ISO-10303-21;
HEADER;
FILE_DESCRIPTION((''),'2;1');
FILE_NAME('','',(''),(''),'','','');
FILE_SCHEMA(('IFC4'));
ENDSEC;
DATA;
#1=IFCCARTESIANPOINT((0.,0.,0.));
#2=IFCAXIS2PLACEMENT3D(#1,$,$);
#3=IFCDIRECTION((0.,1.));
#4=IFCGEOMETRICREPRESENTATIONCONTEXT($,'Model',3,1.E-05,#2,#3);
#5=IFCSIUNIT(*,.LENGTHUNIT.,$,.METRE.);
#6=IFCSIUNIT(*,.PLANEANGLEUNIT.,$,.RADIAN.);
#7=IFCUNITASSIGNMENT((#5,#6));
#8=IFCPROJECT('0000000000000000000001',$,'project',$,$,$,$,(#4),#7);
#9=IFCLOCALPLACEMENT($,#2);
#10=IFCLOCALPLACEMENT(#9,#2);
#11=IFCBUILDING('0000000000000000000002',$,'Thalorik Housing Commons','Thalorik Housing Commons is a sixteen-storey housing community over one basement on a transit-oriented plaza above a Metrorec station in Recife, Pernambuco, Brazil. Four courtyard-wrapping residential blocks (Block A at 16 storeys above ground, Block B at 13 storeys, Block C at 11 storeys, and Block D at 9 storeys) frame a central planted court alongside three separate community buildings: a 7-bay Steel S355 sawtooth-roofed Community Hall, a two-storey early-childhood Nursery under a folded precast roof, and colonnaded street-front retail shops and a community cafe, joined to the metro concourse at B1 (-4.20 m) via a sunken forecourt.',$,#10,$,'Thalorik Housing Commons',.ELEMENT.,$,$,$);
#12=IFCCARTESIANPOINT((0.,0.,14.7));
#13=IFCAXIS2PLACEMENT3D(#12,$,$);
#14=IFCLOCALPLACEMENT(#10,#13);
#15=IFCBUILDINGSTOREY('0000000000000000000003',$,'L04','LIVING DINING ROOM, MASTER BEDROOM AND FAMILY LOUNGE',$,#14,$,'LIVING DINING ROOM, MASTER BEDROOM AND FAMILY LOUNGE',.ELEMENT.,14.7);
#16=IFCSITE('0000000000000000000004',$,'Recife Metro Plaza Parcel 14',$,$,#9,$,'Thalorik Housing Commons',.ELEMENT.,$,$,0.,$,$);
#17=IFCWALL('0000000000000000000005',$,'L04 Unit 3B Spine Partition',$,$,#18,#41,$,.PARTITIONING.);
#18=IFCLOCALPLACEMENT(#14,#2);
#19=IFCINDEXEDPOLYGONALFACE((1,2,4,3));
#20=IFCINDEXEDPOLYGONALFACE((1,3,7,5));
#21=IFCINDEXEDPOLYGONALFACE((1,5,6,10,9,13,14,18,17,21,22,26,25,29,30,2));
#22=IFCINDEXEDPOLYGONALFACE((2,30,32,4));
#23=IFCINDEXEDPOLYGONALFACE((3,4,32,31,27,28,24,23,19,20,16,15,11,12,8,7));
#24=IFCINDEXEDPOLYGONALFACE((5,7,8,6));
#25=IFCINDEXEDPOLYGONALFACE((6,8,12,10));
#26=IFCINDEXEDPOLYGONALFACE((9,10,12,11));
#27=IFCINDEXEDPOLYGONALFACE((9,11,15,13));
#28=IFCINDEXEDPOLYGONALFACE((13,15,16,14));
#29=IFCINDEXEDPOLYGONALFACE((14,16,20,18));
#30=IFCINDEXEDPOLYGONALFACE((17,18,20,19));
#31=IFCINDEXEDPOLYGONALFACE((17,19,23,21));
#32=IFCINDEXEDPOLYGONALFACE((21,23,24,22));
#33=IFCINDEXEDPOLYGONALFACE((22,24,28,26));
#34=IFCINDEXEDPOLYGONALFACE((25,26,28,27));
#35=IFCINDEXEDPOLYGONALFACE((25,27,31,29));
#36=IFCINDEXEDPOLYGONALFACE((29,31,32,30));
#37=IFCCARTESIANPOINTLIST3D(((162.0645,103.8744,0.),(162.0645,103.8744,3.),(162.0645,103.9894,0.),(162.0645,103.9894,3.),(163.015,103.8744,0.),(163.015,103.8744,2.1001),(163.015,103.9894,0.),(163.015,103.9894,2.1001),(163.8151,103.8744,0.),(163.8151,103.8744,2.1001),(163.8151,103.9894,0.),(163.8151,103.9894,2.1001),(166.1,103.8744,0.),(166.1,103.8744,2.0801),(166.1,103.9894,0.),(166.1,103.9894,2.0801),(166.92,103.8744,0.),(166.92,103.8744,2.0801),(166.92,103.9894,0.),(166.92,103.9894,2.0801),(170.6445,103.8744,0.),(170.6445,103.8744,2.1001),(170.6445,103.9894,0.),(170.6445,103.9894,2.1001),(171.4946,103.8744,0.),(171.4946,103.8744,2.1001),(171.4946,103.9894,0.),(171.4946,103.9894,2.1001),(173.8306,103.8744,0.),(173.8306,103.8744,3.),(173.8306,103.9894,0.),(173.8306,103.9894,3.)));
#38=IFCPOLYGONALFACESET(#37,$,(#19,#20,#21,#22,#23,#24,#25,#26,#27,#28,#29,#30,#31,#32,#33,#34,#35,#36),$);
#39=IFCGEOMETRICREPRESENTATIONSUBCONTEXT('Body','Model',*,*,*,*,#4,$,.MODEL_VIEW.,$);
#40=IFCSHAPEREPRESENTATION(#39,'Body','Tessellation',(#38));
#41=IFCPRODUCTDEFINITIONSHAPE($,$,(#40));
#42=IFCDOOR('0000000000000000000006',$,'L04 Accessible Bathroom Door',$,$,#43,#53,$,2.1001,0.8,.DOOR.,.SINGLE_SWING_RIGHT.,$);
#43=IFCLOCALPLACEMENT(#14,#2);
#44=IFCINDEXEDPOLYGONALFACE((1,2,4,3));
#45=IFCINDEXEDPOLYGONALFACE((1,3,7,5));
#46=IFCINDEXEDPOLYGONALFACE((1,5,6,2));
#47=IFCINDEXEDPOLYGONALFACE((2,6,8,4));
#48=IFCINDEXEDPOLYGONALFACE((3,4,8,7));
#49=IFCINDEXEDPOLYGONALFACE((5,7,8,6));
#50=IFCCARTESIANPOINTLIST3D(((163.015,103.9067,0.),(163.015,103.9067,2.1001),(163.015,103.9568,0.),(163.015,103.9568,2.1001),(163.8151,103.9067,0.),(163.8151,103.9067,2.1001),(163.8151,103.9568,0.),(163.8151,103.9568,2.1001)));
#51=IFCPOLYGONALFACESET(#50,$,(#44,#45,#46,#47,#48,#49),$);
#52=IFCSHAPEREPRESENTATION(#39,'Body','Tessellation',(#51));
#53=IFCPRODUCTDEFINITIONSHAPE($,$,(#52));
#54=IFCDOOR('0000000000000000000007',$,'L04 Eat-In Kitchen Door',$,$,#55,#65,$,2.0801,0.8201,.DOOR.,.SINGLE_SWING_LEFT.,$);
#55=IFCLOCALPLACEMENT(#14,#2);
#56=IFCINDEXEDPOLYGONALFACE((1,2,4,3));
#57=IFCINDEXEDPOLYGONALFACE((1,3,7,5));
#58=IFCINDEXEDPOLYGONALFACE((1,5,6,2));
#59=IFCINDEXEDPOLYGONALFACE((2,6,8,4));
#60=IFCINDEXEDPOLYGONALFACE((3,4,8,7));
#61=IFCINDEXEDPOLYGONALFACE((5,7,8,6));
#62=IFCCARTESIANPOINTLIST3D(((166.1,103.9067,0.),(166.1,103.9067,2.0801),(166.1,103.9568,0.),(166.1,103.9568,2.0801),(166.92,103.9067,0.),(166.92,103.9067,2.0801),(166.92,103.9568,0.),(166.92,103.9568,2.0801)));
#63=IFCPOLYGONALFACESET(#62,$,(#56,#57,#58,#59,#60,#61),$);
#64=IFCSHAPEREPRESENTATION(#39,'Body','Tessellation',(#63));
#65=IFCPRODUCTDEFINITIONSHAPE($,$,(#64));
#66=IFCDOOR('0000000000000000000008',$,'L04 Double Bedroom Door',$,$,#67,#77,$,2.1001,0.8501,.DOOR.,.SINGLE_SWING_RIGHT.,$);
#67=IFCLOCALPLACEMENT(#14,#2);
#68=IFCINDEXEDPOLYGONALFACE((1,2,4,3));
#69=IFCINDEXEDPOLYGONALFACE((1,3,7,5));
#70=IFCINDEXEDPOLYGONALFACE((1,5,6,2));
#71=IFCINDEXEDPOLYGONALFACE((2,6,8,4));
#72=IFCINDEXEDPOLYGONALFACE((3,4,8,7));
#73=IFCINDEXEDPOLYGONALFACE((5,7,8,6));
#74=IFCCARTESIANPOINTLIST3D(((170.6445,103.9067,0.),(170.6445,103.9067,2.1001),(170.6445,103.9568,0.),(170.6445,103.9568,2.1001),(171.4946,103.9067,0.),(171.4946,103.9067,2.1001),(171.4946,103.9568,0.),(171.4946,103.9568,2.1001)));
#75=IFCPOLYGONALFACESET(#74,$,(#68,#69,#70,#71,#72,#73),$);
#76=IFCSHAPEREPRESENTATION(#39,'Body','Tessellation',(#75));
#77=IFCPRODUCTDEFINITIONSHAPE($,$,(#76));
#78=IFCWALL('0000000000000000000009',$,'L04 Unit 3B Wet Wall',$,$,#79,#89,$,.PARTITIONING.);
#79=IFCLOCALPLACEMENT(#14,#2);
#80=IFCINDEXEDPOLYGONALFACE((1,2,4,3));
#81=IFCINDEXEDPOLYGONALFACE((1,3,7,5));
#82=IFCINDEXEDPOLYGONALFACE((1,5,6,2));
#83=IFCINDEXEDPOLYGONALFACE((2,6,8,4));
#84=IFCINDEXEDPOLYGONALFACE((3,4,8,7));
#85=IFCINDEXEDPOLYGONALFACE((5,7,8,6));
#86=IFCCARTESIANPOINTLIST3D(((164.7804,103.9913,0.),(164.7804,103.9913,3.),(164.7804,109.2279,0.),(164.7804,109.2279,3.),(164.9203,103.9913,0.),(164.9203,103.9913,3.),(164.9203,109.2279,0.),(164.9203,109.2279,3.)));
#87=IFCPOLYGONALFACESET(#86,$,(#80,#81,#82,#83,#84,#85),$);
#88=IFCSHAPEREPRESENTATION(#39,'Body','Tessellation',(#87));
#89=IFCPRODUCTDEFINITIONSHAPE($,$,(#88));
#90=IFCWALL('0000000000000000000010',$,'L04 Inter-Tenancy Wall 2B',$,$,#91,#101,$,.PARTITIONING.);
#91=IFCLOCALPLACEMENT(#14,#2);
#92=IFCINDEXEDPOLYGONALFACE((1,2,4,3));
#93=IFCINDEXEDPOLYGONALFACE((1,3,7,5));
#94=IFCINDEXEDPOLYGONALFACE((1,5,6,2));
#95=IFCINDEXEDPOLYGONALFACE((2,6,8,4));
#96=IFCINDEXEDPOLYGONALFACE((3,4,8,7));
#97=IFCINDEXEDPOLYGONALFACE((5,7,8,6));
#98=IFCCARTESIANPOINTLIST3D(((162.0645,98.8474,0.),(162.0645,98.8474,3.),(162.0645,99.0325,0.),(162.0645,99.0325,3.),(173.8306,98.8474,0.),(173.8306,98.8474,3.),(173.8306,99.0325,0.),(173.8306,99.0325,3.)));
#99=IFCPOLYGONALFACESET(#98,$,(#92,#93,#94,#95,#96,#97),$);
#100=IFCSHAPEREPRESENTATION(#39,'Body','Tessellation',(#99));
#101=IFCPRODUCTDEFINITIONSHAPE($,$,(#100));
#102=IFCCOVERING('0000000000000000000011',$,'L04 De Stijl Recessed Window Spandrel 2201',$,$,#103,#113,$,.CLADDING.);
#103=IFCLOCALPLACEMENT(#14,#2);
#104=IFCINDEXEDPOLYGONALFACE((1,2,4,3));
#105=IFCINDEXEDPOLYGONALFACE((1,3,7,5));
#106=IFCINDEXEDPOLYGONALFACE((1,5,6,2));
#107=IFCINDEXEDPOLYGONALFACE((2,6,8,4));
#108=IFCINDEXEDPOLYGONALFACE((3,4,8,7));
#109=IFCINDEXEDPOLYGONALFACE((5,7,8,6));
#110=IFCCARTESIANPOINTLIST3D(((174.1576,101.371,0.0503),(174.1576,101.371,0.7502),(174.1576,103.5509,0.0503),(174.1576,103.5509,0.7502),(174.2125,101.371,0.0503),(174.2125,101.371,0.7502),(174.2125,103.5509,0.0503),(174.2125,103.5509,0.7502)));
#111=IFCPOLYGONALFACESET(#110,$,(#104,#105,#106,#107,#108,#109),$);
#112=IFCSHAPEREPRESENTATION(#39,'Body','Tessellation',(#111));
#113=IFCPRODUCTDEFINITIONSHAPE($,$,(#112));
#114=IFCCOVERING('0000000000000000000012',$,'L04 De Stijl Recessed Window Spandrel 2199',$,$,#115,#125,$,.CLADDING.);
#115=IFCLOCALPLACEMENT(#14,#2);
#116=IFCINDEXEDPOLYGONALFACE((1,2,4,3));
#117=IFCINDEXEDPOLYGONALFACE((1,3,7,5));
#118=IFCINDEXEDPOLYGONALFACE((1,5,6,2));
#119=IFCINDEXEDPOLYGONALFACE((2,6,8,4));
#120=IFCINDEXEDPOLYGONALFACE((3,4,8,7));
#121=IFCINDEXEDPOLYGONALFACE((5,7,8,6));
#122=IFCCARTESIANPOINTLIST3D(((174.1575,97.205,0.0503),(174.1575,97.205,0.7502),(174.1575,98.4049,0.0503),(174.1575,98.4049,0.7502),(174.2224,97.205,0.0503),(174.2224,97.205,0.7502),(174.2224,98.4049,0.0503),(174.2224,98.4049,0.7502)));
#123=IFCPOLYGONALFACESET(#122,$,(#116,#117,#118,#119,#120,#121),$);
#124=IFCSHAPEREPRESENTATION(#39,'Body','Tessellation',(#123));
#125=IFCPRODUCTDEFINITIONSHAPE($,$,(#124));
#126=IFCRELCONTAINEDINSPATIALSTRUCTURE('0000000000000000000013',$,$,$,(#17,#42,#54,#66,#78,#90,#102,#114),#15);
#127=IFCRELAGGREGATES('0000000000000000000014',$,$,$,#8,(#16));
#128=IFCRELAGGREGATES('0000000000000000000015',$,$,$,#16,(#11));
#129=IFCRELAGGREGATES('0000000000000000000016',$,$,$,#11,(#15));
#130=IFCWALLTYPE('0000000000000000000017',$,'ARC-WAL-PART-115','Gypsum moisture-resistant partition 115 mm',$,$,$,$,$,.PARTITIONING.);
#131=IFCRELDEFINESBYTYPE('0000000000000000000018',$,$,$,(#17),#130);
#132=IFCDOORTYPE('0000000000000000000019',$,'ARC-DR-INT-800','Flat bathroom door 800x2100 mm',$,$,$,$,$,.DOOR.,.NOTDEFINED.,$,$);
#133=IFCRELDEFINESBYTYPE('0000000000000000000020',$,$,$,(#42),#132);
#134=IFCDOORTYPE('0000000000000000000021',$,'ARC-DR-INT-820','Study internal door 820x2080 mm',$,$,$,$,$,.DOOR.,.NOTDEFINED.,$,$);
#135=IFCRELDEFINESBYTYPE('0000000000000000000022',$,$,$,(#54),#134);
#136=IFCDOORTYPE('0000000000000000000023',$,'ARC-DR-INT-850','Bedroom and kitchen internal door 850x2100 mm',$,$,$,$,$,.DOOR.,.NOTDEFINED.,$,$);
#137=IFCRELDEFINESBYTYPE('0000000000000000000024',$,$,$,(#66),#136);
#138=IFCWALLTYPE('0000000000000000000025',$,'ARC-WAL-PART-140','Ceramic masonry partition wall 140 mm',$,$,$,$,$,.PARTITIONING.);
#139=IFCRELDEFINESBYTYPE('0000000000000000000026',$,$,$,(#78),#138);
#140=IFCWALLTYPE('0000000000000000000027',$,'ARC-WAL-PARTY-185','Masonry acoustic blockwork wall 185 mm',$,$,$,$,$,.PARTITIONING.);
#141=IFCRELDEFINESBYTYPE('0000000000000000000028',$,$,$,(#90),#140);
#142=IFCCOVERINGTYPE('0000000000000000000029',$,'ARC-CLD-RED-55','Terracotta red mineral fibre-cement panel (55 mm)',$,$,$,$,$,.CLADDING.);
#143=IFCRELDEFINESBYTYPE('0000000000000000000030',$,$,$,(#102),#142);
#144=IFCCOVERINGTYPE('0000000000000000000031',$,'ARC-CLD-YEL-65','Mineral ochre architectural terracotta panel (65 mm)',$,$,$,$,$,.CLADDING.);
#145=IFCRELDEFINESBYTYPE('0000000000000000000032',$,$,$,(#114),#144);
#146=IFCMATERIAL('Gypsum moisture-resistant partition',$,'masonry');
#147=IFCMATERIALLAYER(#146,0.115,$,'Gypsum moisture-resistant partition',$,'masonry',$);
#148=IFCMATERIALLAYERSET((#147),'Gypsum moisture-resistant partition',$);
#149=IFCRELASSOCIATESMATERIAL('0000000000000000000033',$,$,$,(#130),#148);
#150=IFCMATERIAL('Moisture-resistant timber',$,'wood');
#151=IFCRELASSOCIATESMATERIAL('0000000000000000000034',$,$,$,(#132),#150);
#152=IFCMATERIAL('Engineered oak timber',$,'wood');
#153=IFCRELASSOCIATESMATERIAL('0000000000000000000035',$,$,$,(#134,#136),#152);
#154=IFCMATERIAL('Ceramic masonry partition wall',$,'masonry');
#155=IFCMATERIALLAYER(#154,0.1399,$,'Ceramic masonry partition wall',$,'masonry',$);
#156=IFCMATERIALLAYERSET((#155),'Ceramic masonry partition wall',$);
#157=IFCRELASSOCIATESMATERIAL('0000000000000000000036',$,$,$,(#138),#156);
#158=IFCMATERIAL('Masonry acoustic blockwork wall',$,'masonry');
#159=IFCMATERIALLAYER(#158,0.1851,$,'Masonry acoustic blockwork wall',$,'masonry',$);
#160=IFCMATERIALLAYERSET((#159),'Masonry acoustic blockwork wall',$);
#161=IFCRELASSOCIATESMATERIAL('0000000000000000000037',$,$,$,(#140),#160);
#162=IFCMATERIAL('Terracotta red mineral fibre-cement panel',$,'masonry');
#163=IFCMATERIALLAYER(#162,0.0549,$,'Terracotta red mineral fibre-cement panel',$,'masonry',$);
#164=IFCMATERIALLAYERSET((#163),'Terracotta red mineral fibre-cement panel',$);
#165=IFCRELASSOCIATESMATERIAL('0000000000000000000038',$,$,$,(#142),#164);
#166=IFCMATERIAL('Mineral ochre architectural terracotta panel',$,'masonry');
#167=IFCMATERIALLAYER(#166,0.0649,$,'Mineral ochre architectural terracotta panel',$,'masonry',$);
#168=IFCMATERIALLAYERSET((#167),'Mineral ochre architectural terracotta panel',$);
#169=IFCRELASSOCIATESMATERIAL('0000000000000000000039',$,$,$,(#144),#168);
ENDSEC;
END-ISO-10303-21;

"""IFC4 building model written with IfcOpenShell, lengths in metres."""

from ifc_helpers import new_model, si_unit, direction, frame, frame_2d, origin, origin_2d, place, context, subcontext, project, spatial, rectangle, extrude, material, layer, layer_set, type_object, element, fill, save


model = new_model("IFC4")

# Units and contexts
model_context = context("Model", 3, precision=1e-05, world=origin(), true_north=direction((0.0, 1.0)))
body_context = subcontext(model_context, "Body", "Model", "MODEL_VIEW")
ifc_project = project(units=[si_unit("LENGTHUNIT", "METRE"), si_unit("PLANEANGLEUNIT", "RADIAN")], contexts=[model_context])

# Site, building, storey
site_placement = place(None, origin())
site = spatial("IfcSite", under=ifc_project, at=site_placement, Name="Recife Metro Plaza Parcel 14", LongName="Thalorik Housing Commons", CompositionType="ELEMENT", RefElevation=0.0)
building_placement = place(site_placement, origin())
building = spatial("IfcBuilding", under=site, at=building_placement, Name="Thalorik Housing Commons", Description="Thalorik Housing Commons is a sixteen-storey housing community over one basement on a transit-oriented plaza above a Metrorec station in Recife, Pernambuco, Brazil. Four courtyard-wrapping residential blocks (Block A at 16 storeys above ground, Block B at 13 storeys, Block C at 11 storeys, and Block D at 9 storeys) frame a central planted court alongside three separate community buildings: a 7-bay Steel S355 sawtooth-roofed Community Hall, a two-storey early-childhood Nursery under a folded precast roof, and colonnaded street-front retail shops and a community cafe, joined to the metro concourse at B1 (-4.20 m) via a sunken forecourt.", LongName="Thalorik Housing Commons", CompositionType="ELEMENT")
storey_placement = place(building_placement, frame((0.0, 0.0, 14.7)))
storey = spatial("IfcBuildingStorey", under=building, at=storey_placement, Name="L04", Description="LIVING DINING ROOM, MASTER BEDROOM AND FAMILY LOUNGE", LongName="LIVING DINING ROOM, MASTER BEDROOM AND FAMILY LOUNGE", CompositionType="ELEMENT", Elevation=14.7)

# Wall, openings, doors
ifc_material_1 = material(Name="Gypsum moisture-resistant partition", Category="masonry")
ifc_layer_1 = layer(ifc_material_1, 0.115, Name="Gypsum moisture-resistant partition", Category="masonry")
ifc_layer_set_1 = layer_set([ifc_layer_1], Name="Gypsum moisture-resistant partition")
wall_type_1 = type_object("IfcWallType", Name="ARC-WAL-PART-115", Description="Gypsum moisture-resistant partition 115 mm", PredefinedType="PARTITIONING", material=ifc_layer_set_1)
wall_1_placement = place(storey_placement, frame((162.0645, 103.9319, 0.0), z_axis=(0.0, 0.0, 1.0), x_axis=(1.0, 0.0, 0.0)))
wall_1 = element("IfcWall", 1, at=wall_1_placement, inside=storey, type_object=wall_type_1, Name="L04 Unit 3B Spine Partition", PredefinedType="PARTITIONING", context=body_context, shape_type="SweptSolid", body=[
    extrude(rectangle(XDim=11.7661, YDim=0.115, at=frame_2d((5.8831, 0.0))), origin(), (0.0, 0.0, 1.0), 3.0),
])
opening_1_placement = place(wall_1_placement, frame((0.9507, 0.0, 0.0)))
opening_1 = element("IfcOpeningElement", 2, at=opening_1_placement, cuts=wall_1, PredefinedType="OPENING", context=body_context, shape_type="SweptSolid", body=[
    extrude(rectangle(XDim=0.8, YDim=2.1001, at=frame_2d((0.3999, 1.05))), frame((0.0, 0.0674, 0.0), z_axis=(0.0, -1.0, 0.0), x_axis=(1.0, 0.0, 0.0)), (0.0, 0.0, 1.0), 0.135),
])
opening_2_placement = place(wall_1_placement, frame((4.0354, 0.0, 0.0)))
opening_2 = element("IfcOpeningElement", 3, at=opening_2_placement, cuts=wall_1, PredefinedType="OPENING", context=body_context, shape_type="SweptSolid", body=[
    extrude(rectangle(XDim=0.8201, YDim=2.0801, at=frame_2d((0.4102, 1.04))), frame((0.0, 0.0674, 0.0), z_axis=(0.0, -1.0, 0.0), x_axis=(1.0, 0.0, 0.0)), (0.0, 0.0, 1.0), 0.135),
])
opening_3_placement = place(wall_1_placement, frame((8.5801, 0.0, 0.0)))
opening_3 = element("IfcOpeningElement", 4, at=opening_3_placement, cuts=wall_1, PredefinedType="OPENING", context=body_context, shape_type="SweptSolid", body=[
    extrude(rectangle(XDim=0.8501, YDim=2.1001, at=frame_2d((0.425, 1.05))), frame((0.0, 0.0674, 0.0), z_axis=(0.0, -1.0, 0.0), x_axis=(1.0, 0.0, 0.0)), (0.0, 0.0, 1.0), 0.135),
])
ifc_material_2 = material(Name="Moisture-resistant timber", Category="wood")
door_type_1 = type_object("IfcDoorType", Name="ARC-DR-INT-800", Description="Flat bathroom door 800x2100 mm", OperationType="NOTDEFINED", PredefinedType="DOOR", material=ifc_material_2)
door_1_placement = place(opening_1_placement, origin())
door_1 = element("IfcDoor", 5, at=door_1_placement, inside=storey, type_object=door_type_1, Name="L04 Accessible Bathroom Door", OperationType="SINGLE_SWING_RIGHT", OverallHeight=2.1001, OverallWidth=0.8, PredefinedType="DOOR", context=body_context, shape_type="SweptSolid", body=[
    extrude(rectangle(XDim=0.8, YDim=2.1001, at=frame_2d((0.3999, 1.05))), frame((0.0, 0.0249, 0.0), z_axis=(0.0, -1.0, 0.0), x_axis=(1.0, 0.0, 0.0)), (0.0, 0.0, 1.0), 0.05),
])
fill(opening_1, door_1)
ifc_material_3 = material(Name="Engineered oak timber", Category="wood")
door_type_2 = type_object("IfcDoorType", Name="ARC-DR-INT-820", Description="Study internal door 820x2080 mm", OperationType="NOTDEFINED", PredefinedType="DOOR", material=ifc_material_3)
door_2_placement = place(opening_2_placement, origin())
door_2 = element("IfcDoor", 6, at=door_2_placement, inside=storey, type_object=door_type_2, Name="L04 Eat-In Kitchen Door", OperationType="SINGLE_SWING_LEFT", OverallHeight=2.0801, OverallWidth=0.8201, PredefinedType="DOOR", context=body_context, shape_type="SweptSolid", body=[
    extrude(rectangle(XDim=0.8201, YDim=2.0801, at=frame_2d((0.4102, 1.04))), frame((0.0, 0.0249, 0.0), z_axis=(0.0, -1.0, 0.0), x_axis=(1.0, 0.0, 0.0)), (0.0, 0.0, 1.0), 0.05),
])
fill(opening_2, door_2)
door_type_3 = type_object("IfcDoorType", Name="ARC-DR-INT-850", Description="Bedroom and kitchen internal door 850x2100 mm", OperationType="NOTDEFINED", PredefinedType="DOOR", material=ifc_material_3)
door_3_placement = place(opening_3_placement, origin())
door_3 = element("IfcDoor", 7, at=door_3_placement, inside=storey, type_object=door_type_3, Name="L04 Double Bedroom Door", OperationType="SINGLE_SWING_RIGHT", OverallHeight=2.1001, OverallWidth=0.8501, PredefinedType="DOOR", context=body_context, shape_type="SweptSolid", body=[
    extrude(rectangle(XDim=0.8501, YDim=2.1001, at=frame_2d((0.425, 1.05))), frame((0.0, 0.0249, 0.0), z_axis=(0.0, -1.0, 0.0), x_axis=(1.0, 0.0, 0.0)), (0.0, 0.0, 1.0), 0.05),
])
fill(opening_3, door_3)

# Walls
ifc_material_4 = material(Name="Ceramic masonry partition wall", Category="masonry")
ifc_layer_2 = layer(ifc_material_4, 0.1399, Name="Ceramic masonry partition wall", Category="masonry")
ifc_layer_set_2 = layer_set([ifc_layer_2], Name="Ceramic masonry partition wall")
wall_type_2 = type_object("IfcWallType", Name="ARC-WAL-PART-140", Description="Ceramic masonry partition wall 140 mm", PredefinedType="PARTITIONING", material=ifc_layer_set_2)
wall_2_placement = place(storey_placement, frame((164.8503, 103.9915, 0.0), z_axis=(0.0, 0.0, 1.0), x_axis=(0.0, 1.0, 0.0)))
element("IfcWall", 8, at=wall_2_placement, inside=storey, type_object=wall_type_2, Name="L04 Unit 3B Wet Wall", PredefinedType="PARTITIONING", context=body_context, shape_type="SweptSolid", body=[
    extrude(rectangle(XDim=5.2366, YDim=0.1399, at=frame_2d((2.6182, 0.0))), origin(), (0.0, 0.0, 1.0), 3.0),
])
ifc_material_5 = material(Name="Masonry acoustic blockwork wall", Category="masonry")
ifc_layer_3 = layer(ifc_material_5, 0.1851, Name="Masonry acoustic blockwork wall", Category="masonry")
ifc_layer_set_3 = layer_set([ifc_layer_3], Name="Masonry acoustic blockwork wall")
wall_type_3 = type_object("IfcWallType", Name="ARC-WAL-PARTY-185", Description="Masonry acoustic blockwork wall 185 mm", PredefinedType="PARTITIONING", material=ifc_layer_set_3)
wall_3_placement = place(storey_placement, frame((162.0645, 98.9399, 0.0), z_axis=(0.0, 0.0, 1.0), x_axis=(1.0, 0.0, 0.0)))
element("IfcWall", 9, at=wall_3_placement, inside=storey, type_object=wall_type_3, Name="L04 Inter-Tenancy Wall 2B", PredefinedType="PARTITIONING", context=body_context, shape_type="SweptSolid", body=[
    extrude(rectangle(XDim=11.7661, YDim=0.1851, at=frame_2d((5.8831, 0.0))), origin(), (0.0, 0.0, 1.0), 3.0),
])

# Coverings
ifc_material_6 = material(Name="Terracotta red mineral fibre-cement panel", Category="masonry")
ifc_layer_4 = layer(ifc_material_6, 0.0549, Name="Terracotta red mineral fibre-cement panel", Category="masonry")
ifc_layer_set_4 = layer_set([ifc_layer_4], Name="Terracotta red mineral fibre-cement panel")
covering_type_1 = type_object("IfcCoveringType", Name="ARC-CLD-RED-55", Description="Terracotta red mineral fibre-cement panel (55 mm)", PredefinedType="CLADDING", material=ifc_layer_set_4)
covering_1_placement = place(storey_placement, frame((174.1851, 102.4609, 0.0503), z_axis=(0.0, 0.0, 1.0), x_axis=(0.0, 1.0, 0.0)))
element("IfcCovering", 10, at=covering_1_placement, inside=storey, type_object=covering_type_1, Name="L04 De Stijl Recessed Window Spandrel 2201", PredefinedType="CLADDING", context=body_context, shape_type="SweptSolid", body=[
    extrude(rectangle(XDim=2.1799, YDim=0.0549, at=origin_2d()), origin(), (0.0, 0.0, 1.0), 0.7),
])
ifc_material_7 = material(Name="Mineral ochre architectural terracotta panel", Category="masonry")
ifc_layer_5 = layer(ifc_material_7, 0.0649, Name="Mineral ochre architectural terracotta panel", Category="masonry")
ifc_layer_set_5 = layer_set([ifc_layer_5], Name="Mineral ochre architectural terracotta panel")
covering_type_2 = type_object("IfcCoveringType", Name="ARC-CLD-YEL-65", Description="Mineral ochre architectural terracotta panel (65 mm)", PredefinedType="CLADDING", material=ifc_layer_set_5)
covering_2_placement = place(storey_placement, frame((174.1899, 97.8049, 0.0503), z_axis=(0.0, 0.0, 1.0), x_axis=(0.0, 1.0, 0.0)))
element("IfcCovering", 11, at=covering_2_placement, inside=storey, type_object=covering_type_2, Name="L04 De Stijl Recessed Window Spandrel 2199", PredefinedType="CLADDING", context=body_context, shape_type="SweptSolid", body=[
    extrude(rectangle(XDim=1.2, YDim=0.0649, at=origin_2d()), origin(), (0.0, 0.0, 1.0), 0.7),
])

save(model, "model.ifc")
